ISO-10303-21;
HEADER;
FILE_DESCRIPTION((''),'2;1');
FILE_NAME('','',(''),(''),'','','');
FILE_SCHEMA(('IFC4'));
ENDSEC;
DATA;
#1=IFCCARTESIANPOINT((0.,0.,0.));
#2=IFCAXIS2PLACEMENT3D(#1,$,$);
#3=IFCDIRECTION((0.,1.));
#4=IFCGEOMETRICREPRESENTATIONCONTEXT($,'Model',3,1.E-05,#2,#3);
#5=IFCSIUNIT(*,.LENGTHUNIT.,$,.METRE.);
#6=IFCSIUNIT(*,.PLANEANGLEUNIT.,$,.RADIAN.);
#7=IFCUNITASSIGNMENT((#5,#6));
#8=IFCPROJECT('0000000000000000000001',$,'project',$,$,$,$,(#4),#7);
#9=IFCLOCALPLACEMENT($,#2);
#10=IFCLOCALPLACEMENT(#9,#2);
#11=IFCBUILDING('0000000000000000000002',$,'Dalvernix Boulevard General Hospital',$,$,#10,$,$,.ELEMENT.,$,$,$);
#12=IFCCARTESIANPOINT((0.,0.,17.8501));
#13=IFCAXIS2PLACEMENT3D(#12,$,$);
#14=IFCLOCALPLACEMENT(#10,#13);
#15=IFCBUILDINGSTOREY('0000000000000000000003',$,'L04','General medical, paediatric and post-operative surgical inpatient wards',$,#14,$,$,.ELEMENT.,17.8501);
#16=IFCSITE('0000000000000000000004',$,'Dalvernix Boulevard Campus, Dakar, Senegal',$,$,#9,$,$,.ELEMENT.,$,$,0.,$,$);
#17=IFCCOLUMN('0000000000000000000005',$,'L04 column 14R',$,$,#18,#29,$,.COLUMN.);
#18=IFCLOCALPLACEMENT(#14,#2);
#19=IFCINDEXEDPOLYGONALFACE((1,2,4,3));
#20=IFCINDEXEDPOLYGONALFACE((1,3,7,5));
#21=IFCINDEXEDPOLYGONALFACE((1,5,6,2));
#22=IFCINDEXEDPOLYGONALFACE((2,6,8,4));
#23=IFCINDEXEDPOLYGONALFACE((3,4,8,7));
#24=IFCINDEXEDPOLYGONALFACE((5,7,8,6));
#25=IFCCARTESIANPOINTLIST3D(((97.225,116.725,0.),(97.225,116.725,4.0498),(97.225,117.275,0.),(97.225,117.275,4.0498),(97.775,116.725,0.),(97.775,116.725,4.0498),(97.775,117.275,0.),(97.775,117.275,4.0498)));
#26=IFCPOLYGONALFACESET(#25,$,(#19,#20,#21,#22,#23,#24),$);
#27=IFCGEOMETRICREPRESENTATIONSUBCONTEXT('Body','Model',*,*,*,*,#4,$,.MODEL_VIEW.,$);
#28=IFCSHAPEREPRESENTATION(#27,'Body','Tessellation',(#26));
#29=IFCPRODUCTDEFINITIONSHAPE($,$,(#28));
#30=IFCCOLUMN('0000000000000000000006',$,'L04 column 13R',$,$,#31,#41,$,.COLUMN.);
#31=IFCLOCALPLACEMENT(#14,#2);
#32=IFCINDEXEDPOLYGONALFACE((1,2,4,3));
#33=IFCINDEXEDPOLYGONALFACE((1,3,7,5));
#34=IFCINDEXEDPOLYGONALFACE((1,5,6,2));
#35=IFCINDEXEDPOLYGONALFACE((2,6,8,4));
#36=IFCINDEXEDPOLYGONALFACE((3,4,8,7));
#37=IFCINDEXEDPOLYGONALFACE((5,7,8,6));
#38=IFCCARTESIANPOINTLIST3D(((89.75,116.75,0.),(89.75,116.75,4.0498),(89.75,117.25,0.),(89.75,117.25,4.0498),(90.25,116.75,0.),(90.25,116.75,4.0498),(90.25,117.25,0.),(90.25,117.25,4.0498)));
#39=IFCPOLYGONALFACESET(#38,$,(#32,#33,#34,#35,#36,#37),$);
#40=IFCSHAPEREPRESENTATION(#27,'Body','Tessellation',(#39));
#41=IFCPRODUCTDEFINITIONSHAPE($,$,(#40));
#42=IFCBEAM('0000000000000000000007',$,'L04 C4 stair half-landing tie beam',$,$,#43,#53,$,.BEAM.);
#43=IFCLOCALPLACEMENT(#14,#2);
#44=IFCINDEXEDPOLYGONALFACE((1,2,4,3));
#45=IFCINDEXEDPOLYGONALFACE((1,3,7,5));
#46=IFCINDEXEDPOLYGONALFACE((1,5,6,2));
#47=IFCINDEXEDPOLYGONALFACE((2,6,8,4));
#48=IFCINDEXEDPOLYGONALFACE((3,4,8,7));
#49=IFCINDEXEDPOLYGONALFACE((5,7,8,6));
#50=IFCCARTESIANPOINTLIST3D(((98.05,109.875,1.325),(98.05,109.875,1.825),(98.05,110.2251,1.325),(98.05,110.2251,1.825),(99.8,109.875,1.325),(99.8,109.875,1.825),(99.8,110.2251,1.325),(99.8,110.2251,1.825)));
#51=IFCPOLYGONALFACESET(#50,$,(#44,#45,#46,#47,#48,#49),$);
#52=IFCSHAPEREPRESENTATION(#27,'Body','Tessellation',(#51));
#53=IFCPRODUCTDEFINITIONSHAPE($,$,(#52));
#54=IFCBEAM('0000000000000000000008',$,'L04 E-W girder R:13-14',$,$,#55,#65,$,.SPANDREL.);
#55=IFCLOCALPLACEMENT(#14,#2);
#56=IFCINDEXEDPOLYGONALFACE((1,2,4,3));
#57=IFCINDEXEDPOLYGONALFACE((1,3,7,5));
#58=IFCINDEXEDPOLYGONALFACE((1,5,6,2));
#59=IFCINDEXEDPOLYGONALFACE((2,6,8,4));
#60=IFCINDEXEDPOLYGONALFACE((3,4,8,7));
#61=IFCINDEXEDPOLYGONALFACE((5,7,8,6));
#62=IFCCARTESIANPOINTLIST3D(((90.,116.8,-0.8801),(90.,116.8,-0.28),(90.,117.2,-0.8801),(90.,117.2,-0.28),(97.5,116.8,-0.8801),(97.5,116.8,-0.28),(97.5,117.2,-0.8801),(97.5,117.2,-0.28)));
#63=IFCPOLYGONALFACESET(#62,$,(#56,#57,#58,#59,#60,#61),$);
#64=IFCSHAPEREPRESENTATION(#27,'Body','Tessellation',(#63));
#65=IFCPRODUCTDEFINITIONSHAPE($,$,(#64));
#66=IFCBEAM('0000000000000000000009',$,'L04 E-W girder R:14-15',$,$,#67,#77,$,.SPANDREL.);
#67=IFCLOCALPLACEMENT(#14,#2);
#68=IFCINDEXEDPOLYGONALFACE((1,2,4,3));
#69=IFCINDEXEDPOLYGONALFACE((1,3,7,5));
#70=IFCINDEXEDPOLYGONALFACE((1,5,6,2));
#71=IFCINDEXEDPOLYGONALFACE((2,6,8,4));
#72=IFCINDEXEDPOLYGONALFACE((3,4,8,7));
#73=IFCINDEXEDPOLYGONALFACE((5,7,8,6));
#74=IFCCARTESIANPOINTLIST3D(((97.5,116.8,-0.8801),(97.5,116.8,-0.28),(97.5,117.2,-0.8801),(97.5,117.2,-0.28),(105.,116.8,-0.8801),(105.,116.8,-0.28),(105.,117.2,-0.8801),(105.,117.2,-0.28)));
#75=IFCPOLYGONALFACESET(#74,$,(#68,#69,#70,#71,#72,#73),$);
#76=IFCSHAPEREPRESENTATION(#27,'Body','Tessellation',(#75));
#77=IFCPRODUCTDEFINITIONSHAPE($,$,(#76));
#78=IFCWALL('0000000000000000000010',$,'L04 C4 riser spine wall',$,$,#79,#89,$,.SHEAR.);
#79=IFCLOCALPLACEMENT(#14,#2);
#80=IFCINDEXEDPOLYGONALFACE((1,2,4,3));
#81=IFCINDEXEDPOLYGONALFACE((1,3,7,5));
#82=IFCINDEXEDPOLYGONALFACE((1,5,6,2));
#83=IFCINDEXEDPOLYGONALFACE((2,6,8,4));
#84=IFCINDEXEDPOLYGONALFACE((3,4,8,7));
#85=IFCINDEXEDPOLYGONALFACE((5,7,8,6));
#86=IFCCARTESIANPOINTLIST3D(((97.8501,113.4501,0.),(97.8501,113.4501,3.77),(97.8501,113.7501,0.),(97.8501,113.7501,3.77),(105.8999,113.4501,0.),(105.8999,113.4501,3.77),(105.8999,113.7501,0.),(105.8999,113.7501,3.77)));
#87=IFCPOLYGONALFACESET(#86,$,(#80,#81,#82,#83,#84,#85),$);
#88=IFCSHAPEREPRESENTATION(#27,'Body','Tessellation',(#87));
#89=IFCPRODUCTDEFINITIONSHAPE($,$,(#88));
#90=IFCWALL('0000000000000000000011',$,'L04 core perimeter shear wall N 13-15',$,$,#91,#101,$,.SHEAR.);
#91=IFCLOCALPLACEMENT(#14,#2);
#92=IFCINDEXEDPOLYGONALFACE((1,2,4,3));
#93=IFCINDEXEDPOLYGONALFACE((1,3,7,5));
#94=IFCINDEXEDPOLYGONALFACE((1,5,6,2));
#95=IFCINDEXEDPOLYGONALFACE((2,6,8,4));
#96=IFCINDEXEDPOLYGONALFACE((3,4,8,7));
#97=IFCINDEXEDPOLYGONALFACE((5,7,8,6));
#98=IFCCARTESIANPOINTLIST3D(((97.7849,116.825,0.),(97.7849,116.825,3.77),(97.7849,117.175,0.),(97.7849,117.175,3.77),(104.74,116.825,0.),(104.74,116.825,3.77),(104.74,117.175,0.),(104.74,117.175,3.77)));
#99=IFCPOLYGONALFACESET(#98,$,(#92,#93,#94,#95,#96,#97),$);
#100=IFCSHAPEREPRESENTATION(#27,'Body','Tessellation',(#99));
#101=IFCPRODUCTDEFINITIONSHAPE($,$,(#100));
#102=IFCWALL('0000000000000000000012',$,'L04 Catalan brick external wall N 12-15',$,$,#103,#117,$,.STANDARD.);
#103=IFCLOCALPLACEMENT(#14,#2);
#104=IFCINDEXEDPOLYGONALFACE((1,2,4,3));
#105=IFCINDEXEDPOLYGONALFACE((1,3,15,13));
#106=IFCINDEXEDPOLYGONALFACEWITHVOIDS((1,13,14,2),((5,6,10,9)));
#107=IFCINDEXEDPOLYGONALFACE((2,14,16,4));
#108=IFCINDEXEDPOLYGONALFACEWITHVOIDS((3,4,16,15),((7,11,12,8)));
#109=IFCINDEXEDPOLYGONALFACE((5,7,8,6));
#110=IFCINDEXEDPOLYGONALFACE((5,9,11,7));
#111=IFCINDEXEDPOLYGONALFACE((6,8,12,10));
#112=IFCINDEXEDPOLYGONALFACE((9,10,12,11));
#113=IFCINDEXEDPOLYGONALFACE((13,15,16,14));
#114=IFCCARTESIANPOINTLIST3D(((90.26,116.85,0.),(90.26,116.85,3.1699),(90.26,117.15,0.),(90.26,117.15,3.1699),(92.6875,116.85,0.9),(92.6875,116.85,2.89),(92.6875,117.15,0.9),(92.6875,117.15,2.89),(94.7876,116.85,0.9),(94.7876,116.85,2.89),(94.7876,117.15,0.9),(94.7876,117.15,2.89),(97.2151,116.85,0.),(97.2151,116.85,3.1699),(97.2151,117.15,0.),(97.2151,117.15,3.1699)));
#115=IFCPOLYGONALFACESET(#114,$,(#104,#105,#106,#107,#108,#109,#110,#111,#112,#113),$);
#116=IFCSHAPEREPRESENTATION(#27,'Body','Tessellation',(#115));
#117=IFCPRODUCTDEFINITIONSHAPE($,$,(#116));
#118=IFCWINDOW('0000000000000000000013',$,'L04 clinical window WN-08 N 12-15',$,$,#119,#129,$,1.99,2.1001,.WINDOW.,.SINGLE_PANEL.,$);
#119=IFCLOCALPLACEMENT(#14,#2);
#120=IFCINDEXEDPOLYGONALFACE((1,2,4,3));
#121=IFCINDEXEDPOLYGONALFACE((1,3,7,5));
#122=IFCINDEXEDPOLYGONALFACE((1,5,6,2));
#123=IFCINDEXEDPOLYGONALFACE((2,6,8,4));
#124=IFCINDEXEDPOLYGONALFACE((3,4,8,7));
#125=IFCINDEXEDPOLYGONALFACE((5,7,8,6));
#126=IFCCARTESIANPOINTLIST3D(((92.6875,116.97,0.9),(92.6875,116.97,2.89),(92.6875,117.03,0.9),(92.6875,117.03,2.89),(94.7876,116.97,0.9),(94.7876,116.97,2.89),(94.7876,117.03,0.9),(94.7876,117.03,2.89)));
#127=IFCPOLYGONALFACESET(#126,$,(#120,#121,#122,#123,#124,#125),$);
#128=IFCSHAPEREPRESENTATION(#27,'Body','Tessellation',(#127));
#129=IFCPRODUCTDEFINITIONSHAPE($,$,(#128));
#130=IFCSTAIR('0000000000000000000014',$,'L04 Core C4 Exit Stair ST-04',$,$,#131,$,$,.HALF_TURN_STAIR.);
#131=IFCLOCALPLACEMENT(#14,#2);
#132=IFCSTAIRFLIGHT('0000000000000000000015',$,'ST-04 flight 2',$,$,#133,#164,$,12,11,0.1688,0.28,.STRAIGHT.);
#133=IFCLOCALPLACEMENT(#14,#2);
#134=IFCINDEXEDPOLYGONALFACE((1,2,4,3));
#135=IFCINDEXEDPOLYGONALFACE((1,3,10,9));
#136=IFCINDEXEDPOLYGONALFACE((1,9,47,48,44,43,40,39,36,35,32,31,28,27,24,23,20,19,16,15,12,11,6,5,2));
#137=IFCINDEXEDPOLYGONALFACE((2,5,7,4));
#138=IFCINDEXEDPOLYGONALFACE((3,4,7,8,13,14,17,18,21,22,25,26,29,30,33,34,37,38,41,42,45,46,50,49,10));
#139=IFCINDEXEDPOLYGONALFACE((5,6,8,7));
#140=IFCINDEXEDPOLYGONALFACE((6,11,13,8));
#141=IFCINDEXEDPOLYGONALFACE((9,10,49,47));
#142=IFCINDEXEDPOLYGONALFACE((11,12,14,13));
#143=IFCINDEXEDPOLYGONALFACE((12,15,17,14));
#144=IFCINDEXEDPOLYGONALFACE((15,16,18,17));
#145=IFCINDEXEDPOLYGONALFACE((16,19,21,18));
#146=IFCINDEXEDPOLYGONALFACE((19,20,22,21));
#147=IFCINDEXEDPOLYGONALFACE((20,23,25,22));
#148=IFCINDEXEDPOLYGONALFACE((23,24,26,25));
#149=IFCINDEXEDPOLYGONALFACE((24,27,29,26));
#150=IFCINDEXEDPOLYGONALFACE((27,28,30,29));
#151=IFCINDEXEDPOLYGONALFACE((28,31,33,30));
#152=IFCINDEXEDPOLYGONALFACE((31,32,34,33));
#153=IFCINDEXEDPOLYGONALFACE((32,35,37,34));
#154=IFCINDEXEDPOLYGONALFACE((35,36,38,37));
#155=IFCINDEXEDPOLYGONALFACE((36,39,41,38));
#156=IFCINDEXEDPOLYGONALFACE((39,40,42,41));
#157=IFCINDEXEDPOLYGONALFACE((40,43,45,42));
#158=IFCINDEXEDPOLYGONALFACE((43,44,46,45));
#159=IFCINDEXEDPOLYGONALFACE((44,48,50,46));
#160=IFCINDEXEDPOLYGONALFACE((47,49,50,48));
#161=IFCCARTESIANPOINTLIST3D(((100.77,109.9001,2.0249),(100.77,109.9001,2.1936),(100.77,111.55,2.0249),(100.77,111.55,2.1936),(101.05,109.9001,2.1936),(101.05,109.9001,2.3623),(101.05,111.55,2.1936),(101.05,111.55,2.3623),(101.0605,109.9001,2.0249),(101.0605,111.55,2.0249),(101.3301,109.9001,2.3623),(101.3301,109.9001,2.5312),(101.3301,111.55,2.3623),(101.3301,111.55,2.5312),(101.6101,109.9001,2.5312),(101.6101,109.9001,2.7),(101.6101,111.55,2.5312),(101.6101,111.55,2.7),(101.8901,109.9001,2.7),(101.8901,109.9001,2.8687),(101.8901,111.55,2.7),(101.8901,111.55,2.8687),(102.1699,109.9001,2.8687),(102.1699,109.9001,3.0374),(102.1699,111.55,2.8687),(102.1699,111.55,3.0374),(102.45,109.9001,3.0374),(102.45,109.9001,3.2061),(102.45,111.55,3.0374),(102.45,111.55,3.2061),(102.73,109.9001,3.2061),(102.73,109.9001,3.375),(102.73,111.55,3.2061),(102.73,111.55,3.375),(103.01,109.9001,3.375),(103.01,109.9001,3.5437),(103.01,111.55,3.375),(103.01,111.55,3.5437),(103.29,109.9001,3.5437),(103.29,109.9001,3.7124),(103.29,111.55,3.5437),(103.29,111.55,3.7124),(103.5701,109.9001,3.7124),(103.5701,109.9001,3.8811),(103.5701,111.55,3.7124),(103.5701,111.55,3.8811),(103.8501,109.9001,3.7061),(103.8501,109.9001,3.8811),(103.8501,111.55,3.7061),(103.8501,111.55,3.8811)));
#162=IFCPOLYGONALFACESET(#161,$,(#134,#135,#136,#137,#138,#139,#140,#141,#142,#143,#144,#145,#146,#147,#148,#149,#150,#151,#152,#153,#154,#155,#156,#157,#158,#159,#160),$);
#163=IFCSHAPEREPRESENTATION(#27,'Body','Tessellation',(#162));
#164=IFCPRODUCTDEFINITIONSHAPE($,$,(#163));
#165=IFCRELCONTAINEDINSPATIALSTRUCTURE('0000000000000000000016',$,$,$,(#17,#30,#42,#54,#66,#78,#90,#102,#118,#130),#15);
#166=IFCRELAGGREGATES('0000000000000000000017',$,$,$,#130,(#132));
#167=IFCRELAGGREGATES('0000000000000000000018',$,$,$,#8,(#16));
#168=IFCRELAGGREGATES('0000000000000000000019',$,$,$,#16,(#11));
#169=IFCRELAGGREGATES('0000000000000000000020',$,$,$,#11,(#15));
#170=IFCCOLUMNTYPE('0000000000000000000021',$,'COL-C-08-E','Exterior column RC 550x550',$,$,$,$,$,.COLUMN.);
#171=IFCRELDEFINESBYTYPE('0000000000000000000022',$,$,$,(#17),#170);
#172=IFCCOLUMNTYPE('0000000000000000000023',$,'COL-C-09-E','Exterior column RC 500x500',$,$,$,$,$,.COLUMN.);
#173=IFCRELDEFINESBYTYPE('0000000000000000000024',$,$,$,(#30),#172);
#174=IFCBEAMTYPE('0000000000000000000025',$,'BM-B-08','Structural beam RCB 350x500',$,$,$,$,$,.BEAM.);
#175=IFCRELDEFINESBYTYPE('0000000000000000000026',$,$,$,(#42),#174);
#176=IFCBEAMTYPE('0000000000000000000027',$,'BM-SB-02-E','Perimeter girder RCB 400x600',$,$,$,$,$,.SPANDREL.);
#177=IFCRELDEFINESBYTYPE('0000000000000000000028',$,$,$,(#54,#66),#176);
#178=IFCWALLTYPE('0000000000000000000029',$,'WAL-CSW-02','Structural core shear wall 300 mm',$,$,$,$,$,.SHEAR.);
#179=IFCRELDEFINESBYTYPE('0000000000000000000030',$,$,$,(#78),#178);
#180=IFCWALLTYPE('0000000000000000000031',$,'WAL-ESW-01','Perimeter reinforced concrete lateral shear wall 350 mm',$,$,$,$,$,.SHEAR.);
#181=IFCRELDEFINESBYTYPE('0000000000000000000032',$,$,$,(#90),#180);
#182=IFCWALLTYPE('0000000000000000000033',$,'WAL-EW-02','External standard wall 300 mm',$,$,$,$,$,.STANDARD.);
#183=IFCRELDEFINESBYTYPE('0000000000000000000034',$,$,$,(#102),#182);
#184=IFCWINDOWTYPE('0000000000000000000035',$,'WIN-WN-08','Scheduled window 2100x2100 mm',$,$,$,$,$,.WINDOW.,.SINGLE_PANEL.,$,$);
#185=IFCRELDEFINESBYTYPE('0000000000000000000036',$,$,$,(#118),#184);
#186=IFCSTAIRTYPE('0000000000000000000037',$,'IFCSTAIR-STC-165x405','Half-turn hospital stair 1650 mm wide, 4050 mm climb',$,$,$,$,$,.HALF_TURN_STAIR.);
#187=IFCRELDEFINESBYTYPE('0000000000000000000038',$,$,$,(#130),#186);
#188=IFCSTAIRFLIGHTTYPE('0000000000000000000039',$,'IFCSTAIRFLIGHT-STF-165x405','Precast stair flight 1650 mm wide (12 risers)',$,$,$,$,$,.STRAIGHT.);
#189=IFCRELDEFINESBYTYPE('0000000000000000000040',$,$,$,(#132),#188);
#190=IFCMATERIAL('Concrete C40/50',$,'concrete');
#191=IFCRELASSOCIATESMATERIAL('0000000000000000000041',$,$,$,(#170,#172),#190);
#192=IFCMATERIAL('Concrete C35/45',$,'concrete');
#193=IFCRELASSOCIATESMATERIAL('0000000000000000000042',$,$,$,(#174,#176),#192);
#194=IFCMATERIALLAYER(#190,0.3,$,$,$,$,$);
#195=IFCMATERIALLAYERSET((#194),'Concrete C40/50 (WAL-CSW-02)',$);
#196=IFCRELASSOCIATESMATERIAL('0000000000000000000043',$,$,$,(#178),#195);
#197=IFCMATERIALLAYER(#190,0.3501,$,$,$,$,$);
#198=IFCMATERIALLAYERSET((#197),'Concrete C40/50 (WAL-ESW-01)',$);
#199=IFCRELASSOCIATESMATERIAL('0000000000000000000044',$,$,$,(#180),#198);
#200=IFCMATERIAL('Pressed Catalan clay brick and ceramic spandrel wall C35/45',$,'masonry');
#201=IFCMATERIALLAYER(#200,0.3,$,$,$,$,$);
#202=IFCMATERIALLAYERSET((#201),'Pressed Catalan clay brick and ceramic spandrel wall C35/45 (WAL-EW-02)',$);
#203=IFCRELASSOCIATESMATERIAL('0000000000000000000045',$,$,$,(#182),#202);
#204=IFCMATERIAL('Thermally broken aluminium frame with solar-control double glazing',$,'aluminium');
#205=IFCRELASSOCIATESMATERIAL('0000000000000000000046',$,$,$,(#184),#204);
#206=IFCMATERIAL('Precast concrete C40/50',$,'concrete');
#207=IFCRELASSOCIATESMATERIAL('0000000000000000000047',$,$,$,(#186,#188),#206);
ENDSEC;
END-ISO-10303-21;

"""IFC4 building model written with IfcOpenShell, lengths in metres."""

from ifc_helpers import new_model, si_unit, direction, frame, frame_2d, origin, origin_2d, place, context, subcontext, project, spatial, polyline, rectangle, outline, extrude, material, layer, layer_set, material_profile, profile_set, type_object, element, fill, aggregate, save


model = new_model("IFC4")

# Units and contexts
model_context = context("Model", 3, precision=1e-05, world=origin(), true_north=direction((0.0, 1.0)))
body_context = subcontext(model_context, "Body", "Model", "MODEL_VIEW")
ifc_project = project(units=[si_unit("LENGTHUNIT", "METRE"), si_unit("PLANEANGLEUNIT", "RADIAN")], contexts=[model_context])

# Site, building, storey
site_placement = place(None, origin())
site = spatial("IfcSite", under=ifc_project, at=site_placement, Name="Dalvernix Boulevard Campus, Dakar, Senegal", CompositionType="ELEMENT", RefElevation=0.0)
building_placement = place(site_placement, origin())
building = spatial("IfcBuilding", under=site, at=building_placement, Name="Dalvernix Boulevard General Hospital", CompositionType="ELEMENT")
storey_placement = place(building_placement, frame((0.0, 0.0, 17.8501)))
storey = spatial("IfcBuildingStorey", under=building, at=storey_placement, Name="L04", Description="General medical, paediatric and post-operative surgical inpatient wards", CompositionType="ELEMENT", Elevation=17.8501)

# Columns
ifc_material_1 = material(Name="Concrete C40/50", Category="concrete")
ifc_material_profile_1 = material_profile(ifc_material_1, rectangle(XDim=0.55, YDim=0.55, at=origin_2d()), Name="RC 550x550")
ifc_profile_set_1 = profile_set([ifc_material_profile_1], Name="Concrete C40/50")
column_type_1 = type_object("IfcColumnType", Name="COL-C-08-E", Description="Exterior column RC 550x550", PredefinedType="COLUMN", material=ifc_profile_set_1)
column_1_placement = place(storey_placement, frame((97.5, 117.0, 0.0), z_axis=(0.0, 0.0, 1.0), x_axis=(1.0, 0.0, 0.0)))
element("IfcColumn", 1, at=column_1_placement, inside=storey, type_object=column_type_1, Name="L04 column 14R", PredefinedType="COLUMN", context=body_context, shape_type="SweptSolid", body=[
    extrude(rectangle(XDim=0.55, YDim=0.55, at=origin_2d()), origin(), (0.0, 0.0, 1.0), 4.0498),
])
ifc_material_profile_2 = material_profile(ifc_material_1, rectangle(XDim=0.5, YDim=0.5, at=origin_2d()), Name="RC 500x500")
ifc_profile_set_2 = profile_set([ifc_material_profile_2], Name="Concrete C40/50")
column_type_2 = type_object("IfcColumnType", Name="COL-C-09-E", Description="Exterior column RC 500x500", PredefinedType="COLUMN", material=ifc_profile_set_2)
column_2_placement = place(storey_placement, frame((90.0, 117.0, 0.0), z_axis=(0.0, 0.0, 1.0), x_axis=(1.0, 0.0, 0.0)))
element("IfcColumn", 2, at=column_2_placement, inside=storey, type_object=column_type_2, Name="L04 column 13R", PredefinedType="COLUMN", context=body_context, shape_type="SweptSolid", body=[
    extrude(rectangle(XDim=0.5, YDim=0.5, at=origin_2d()), origin(), (0.0, 0.0, 1.0), 4.0498),
])

# Beams
ifc_material_2 = material(Name="Concrete C35/45", Category="concrete")
ifc_material_profile_3 = material_profile(ifc_material_2, rectangle(XDim=0.3501, YDim=0.5, at=origin_2d()), Name="RCB 350x500")
ifc_profile_set_3 = profile_set([ifc_material_profile_3], Name="Concrete C35/45")
beam_type_1 = type_object("IfcBeamType", Name="BM-B-08", Description="Structural beam RCB 350x500", PredefinedType="BEAM", material=ifc_profile_set_3)
beam_placement = place(storey_placement, frame((98.05, 110.05, 1.575), z_axis=(1.0, 0.0, 0.0), x_axis=(0.0, 1.0, 0.0)))
element("IfcBeam", 3, at=beam_placement, inside=storey, type_object=beam_type_1, Name="L04 C4 stair half-landing tie beam", PredefinedType="BEAM", context=body_context, shape_type="SweptSolid", body=[
    extrude(rectangle(XDim=0.3501, YDim=0.5, at=origin_2d()), origin(), (0.0, 0.0, 1.0), 1.75),
])
ifc_material_profile_4 = material_profile(ifc_material_2, rectangle(XDim=0.3999, YDim=0.6001, at=origin_2d()), Name="RCB 400x600")
ifc_profile_set_4 = profile_set([ifc_material_profile_4], Name="Concrete C35/45")
beam_type_2 = type_object("IfcBeamType", Name="BM-SB-02-E", Description="Perimeter girder RCB 400x600", PredefinedType="SPANDREL", material=ifc_profile_set_4)
for number, where, z_axis, x_axis, name in (
    (4, (90.0, 117.0, -0.5801), (1.0, 0.0, 0.0), (0.0, 1.0, 0.0), "L04 E-W girder R:13-14"),
    (5, (97.5, 117.0, -0.5801), (1.0, 0.0, 0.0), (0.0, 1.0, 0.0), "L04 E-W girder R:14-15"),
):
    element("IfcBeam", number, at=place(storey_placement, frame(where, z_axis=z_axis, x_axis=x_axis)), inside=storey, type_object=beam_type_2, Name=name, PredefinedType="SPANDREL", context=body_context, shape_type="SweptSolid", body=[
        extrude(rectangle(XDim=0.3999, YDim=0.6001, at=origin_2d()), origin(), (0.0, 0.0, 1.0), 7.5),
    ])

# Walls
ifc_layer_1 = layer(ifc_material_1, 0.3)
ifc_layer_set_1 = layer_set([ifc_layer_1], Name="Concrete C40/50 (WAL-CSW-02)")
wall_type_1 = type_object("IfcWallType", Name="WAL-CSW-02", Description="Structural core shear wall 300 mm", PredefinedType="SHEAR", material=ifc_layer_set_1)
wall_1_placement = place(storey_placement, frame((97.8501, 113.6001, 0.0), z_axis=(0.0, 0.0, 1.0), x_axis=(1.0, 0.0, 0.0)))
element("IfcWall", 6, at=wall_1_placement, inside=storey, type_object=wall_type_1, Name="L04 C4 riser spine wall", PredefinedType="SHEAR", context=body_context, shape_type="SweptSolid", body=[
    extrude(rectangle(XDim=8.0498, YDim=0.3, at=frame_2d((4.0249, 0.0))), origin(), (0.0, 0.0, 1.0), 3.77),
])
ifc_layer_2 = layer(ifc_material_1, 0.3501)
ifc_layer_set_2 = layer_set([ifc_layer_2], Name="Concrete C40/50 (WAL-ESW-01)")
wall_type_2 = type_object("IfcWallType", Name="WAL-ESW-01", Description="Perimeter reinforced concrete lateral shear wall 350 mm", PredefinedType="SHEAR", material=ifc_layer_set_2)
wall_2_placement = place(storey_placement, frame((97.7849, 117.0, 0.0), z_axis=(0.0, 0.0, 1.0), x_axis=(1.0, 0.0, 0.0)))
element("IfcWall", 7, at=wall_2_placement, inside=storey, type_object=wall_type_2, Name="L04 core perimeter shear wall N 13-15", PredefinedType="SHEAR", context=body_context, shape_type="SweptSolid", body=[
    extrude(rectangle(XDim=6.9551, YDim=0.3501, at=frame_2d((3.4775, 0.0))), origin(), (0.0, 0.0, 1.0), 3.77),
])

# Wall, opening, window
ifc_material_3 = material(Name="Pressed Catalan clay brick and ceramic spandrel wall C35/45", Category="masonry")
ifc_layer_3 = layer(ifc_material_3, 0.3)
ifc_layer_set_3 = layer_set([ifc_layer_3], Name="Pressed Catalan clay brick and ceramic spandrel wall C35/45 (WAL-EW-02)")
wall_type_3 = type_object("IfcWallType", Name="WAL-EW-02", Description="External standard wall 300 mm", PredefinedType="STANDARD", material=ifc_layer_set_3)
wall_3_placement = place(storey_placement, frame((90.26, 117.0, 0.0), z_axis=(0.0, 0.0, 1.0), x_axis=(1.0, 0.0, 0.0)))
wall_3 = element("IfcWall", 8, at=wall_3_placement, inside=storey, type_object=wall_type_3, Name="L04 Catalan brick external wall N 12-15", PredefinedType="STANDARD", context=body_context, shape_type="SweptSolid", body=[
    extrude(rectangle(XDim=6.9551, YDim=0.3, at=frame_2d((3.4775, 0.0))), origin(), (0.0, 0.0, 1.0), 3.1699),
])
opening_placement = place(wall_3_placement, frame((2.4275, 0.0, 0.8999)))
opening = element("IfcOpeningElement", 9, at=opening_placement, cuts=wall_3, PredefinedType="OPENING", context=body_context, shape_type="SweptSolid", body=[
    extrude(rectangle(XDim=2.1001, YDim=1.99, at=frame_2d((1.05, 0.9951))), frame((0.0, 0.1599, 0.0), z_axis=(0.0, -1.0, 0.0), x_axis=(1.0, 0.0, 0.0)), (0.0, 0.0, 1.0), 0.3201),
])
ifc_material_4 = material(Name="Thermally broken aluminium frame with solar-control double glazing", Category="aluminium")
window_type = type_object("IfcWindowType", Name="WIN-WN-08", Description="Scheduled window 2100x2100 mm", PartitioningType="SINGLE_PANEL", PredefinedType="WINDOW", material=ifc_material_4)
window_placement = place(opening_placement, origin())
window = element("IfcWindow", 10, at=window_placement, inside=storey, type_object=window_type, Name="L04 clinical window WN-08 N 12-15", OverallHeight=1.99, OverallWidth=2.1001, PartitioningType="SINGLE_PANEL", PredefinedType="WINDOW", context=body_context, shape_type="SweptSolid", body=[
    extrude(rectangle(XDim=2.1001, YDim=1.99, at=frame_2d((1.05, 0.9951))), frame((0.0, 0.03, 0.0), z_axis=(0.0, -1.0, 0.0), x_axis=(1.0, 0.0, 0.0)), (0.0, 0.0, 1.0), 0.0601),
])
fill(opening, window)

# Stair, stair flight
ifc_material_5 = material(Name="Precast concrete C40/50", Category="concrete")
stair_type = type_object("IfcStairType", Name="IFCSTAIR-STC-165x405", Description="Half-turn hospital stair 1650 mm wide, 4050 mm climb", PredefinedType="HALF_TURN_STAIR", material=ifc_material_5)
stair_placement = place(storey_placement, origin())
stair = element("IfcStair", 11, at=stair_placement, inside=storey, type_object=stair_type, Name="L04 Core C4 Exit Stair ST-04", PredefinedType="HALF_TURN_STAIR")
stair_flight_type = type_object("IfcStairFlightType", Name="IFCSTAIRFLIGHT-STF-165x405", Description="Precast stair flight 1650 mm wide (12 risers)", PredefinedType="STRAIGHT", material=ifc_material_5)
stair_flight_placement = place(storey_placement, frame((100.77, 110.7251, 2.0249), z_axis=(0.0, 0.0, 1.0), x_axis=(1.0, 0.0, 0.0)))
stair_flight = element("IfcStairFlight", 12, at=stair_flight_placement, type_object=stair_flight_type, Name="ST-04 flight 2", NumberOfRisers=12, NumberOfTreads=11, PredefinedType="STRAIGHT", RiserHeight=0.1688, TreadLength=0.28, context=body_context, shape_type="SweptSolid", body=[
    extrude(outline(polyline([(0.0, 0.0), (0.0, 0.1687), (0.28, 0.1687), (0.28, 0.3374), (0.5601, 0.3374), (0.5601, 0.5063), (0.8401, 0.5063), (0.8401, 0.675), (1.1201, 0.675), (1.1201, 0.8438), (1.3999, 0.8438), (1.3999, 1.0125), (1.6799, 1.0125), (1.6799, 1.1812), (1.96, 1.1812), (1.96, 1.3501), (2.24, 1.3501), (2.24, 1.5188), (2.52, 1.5188), (2.52, 1.6875), (2.8, 1.6875), (2.8, 1.8562), (3.0801, 1.8562), (3.0801, 2.0249), (3.0801, 1.6812), (0.2905, 0.0), (0.0, 0.0)])), frame((0.0, 0.825, 0.0), z_axis=(0.0, -1.0, 0.0), x_axis=(1.0, 0.0, 0.0)), (0.0, 0.0, 1.0), 1.6499),
])
aggregate(stair, [stair_flight])

save(model, "model.ifc")
